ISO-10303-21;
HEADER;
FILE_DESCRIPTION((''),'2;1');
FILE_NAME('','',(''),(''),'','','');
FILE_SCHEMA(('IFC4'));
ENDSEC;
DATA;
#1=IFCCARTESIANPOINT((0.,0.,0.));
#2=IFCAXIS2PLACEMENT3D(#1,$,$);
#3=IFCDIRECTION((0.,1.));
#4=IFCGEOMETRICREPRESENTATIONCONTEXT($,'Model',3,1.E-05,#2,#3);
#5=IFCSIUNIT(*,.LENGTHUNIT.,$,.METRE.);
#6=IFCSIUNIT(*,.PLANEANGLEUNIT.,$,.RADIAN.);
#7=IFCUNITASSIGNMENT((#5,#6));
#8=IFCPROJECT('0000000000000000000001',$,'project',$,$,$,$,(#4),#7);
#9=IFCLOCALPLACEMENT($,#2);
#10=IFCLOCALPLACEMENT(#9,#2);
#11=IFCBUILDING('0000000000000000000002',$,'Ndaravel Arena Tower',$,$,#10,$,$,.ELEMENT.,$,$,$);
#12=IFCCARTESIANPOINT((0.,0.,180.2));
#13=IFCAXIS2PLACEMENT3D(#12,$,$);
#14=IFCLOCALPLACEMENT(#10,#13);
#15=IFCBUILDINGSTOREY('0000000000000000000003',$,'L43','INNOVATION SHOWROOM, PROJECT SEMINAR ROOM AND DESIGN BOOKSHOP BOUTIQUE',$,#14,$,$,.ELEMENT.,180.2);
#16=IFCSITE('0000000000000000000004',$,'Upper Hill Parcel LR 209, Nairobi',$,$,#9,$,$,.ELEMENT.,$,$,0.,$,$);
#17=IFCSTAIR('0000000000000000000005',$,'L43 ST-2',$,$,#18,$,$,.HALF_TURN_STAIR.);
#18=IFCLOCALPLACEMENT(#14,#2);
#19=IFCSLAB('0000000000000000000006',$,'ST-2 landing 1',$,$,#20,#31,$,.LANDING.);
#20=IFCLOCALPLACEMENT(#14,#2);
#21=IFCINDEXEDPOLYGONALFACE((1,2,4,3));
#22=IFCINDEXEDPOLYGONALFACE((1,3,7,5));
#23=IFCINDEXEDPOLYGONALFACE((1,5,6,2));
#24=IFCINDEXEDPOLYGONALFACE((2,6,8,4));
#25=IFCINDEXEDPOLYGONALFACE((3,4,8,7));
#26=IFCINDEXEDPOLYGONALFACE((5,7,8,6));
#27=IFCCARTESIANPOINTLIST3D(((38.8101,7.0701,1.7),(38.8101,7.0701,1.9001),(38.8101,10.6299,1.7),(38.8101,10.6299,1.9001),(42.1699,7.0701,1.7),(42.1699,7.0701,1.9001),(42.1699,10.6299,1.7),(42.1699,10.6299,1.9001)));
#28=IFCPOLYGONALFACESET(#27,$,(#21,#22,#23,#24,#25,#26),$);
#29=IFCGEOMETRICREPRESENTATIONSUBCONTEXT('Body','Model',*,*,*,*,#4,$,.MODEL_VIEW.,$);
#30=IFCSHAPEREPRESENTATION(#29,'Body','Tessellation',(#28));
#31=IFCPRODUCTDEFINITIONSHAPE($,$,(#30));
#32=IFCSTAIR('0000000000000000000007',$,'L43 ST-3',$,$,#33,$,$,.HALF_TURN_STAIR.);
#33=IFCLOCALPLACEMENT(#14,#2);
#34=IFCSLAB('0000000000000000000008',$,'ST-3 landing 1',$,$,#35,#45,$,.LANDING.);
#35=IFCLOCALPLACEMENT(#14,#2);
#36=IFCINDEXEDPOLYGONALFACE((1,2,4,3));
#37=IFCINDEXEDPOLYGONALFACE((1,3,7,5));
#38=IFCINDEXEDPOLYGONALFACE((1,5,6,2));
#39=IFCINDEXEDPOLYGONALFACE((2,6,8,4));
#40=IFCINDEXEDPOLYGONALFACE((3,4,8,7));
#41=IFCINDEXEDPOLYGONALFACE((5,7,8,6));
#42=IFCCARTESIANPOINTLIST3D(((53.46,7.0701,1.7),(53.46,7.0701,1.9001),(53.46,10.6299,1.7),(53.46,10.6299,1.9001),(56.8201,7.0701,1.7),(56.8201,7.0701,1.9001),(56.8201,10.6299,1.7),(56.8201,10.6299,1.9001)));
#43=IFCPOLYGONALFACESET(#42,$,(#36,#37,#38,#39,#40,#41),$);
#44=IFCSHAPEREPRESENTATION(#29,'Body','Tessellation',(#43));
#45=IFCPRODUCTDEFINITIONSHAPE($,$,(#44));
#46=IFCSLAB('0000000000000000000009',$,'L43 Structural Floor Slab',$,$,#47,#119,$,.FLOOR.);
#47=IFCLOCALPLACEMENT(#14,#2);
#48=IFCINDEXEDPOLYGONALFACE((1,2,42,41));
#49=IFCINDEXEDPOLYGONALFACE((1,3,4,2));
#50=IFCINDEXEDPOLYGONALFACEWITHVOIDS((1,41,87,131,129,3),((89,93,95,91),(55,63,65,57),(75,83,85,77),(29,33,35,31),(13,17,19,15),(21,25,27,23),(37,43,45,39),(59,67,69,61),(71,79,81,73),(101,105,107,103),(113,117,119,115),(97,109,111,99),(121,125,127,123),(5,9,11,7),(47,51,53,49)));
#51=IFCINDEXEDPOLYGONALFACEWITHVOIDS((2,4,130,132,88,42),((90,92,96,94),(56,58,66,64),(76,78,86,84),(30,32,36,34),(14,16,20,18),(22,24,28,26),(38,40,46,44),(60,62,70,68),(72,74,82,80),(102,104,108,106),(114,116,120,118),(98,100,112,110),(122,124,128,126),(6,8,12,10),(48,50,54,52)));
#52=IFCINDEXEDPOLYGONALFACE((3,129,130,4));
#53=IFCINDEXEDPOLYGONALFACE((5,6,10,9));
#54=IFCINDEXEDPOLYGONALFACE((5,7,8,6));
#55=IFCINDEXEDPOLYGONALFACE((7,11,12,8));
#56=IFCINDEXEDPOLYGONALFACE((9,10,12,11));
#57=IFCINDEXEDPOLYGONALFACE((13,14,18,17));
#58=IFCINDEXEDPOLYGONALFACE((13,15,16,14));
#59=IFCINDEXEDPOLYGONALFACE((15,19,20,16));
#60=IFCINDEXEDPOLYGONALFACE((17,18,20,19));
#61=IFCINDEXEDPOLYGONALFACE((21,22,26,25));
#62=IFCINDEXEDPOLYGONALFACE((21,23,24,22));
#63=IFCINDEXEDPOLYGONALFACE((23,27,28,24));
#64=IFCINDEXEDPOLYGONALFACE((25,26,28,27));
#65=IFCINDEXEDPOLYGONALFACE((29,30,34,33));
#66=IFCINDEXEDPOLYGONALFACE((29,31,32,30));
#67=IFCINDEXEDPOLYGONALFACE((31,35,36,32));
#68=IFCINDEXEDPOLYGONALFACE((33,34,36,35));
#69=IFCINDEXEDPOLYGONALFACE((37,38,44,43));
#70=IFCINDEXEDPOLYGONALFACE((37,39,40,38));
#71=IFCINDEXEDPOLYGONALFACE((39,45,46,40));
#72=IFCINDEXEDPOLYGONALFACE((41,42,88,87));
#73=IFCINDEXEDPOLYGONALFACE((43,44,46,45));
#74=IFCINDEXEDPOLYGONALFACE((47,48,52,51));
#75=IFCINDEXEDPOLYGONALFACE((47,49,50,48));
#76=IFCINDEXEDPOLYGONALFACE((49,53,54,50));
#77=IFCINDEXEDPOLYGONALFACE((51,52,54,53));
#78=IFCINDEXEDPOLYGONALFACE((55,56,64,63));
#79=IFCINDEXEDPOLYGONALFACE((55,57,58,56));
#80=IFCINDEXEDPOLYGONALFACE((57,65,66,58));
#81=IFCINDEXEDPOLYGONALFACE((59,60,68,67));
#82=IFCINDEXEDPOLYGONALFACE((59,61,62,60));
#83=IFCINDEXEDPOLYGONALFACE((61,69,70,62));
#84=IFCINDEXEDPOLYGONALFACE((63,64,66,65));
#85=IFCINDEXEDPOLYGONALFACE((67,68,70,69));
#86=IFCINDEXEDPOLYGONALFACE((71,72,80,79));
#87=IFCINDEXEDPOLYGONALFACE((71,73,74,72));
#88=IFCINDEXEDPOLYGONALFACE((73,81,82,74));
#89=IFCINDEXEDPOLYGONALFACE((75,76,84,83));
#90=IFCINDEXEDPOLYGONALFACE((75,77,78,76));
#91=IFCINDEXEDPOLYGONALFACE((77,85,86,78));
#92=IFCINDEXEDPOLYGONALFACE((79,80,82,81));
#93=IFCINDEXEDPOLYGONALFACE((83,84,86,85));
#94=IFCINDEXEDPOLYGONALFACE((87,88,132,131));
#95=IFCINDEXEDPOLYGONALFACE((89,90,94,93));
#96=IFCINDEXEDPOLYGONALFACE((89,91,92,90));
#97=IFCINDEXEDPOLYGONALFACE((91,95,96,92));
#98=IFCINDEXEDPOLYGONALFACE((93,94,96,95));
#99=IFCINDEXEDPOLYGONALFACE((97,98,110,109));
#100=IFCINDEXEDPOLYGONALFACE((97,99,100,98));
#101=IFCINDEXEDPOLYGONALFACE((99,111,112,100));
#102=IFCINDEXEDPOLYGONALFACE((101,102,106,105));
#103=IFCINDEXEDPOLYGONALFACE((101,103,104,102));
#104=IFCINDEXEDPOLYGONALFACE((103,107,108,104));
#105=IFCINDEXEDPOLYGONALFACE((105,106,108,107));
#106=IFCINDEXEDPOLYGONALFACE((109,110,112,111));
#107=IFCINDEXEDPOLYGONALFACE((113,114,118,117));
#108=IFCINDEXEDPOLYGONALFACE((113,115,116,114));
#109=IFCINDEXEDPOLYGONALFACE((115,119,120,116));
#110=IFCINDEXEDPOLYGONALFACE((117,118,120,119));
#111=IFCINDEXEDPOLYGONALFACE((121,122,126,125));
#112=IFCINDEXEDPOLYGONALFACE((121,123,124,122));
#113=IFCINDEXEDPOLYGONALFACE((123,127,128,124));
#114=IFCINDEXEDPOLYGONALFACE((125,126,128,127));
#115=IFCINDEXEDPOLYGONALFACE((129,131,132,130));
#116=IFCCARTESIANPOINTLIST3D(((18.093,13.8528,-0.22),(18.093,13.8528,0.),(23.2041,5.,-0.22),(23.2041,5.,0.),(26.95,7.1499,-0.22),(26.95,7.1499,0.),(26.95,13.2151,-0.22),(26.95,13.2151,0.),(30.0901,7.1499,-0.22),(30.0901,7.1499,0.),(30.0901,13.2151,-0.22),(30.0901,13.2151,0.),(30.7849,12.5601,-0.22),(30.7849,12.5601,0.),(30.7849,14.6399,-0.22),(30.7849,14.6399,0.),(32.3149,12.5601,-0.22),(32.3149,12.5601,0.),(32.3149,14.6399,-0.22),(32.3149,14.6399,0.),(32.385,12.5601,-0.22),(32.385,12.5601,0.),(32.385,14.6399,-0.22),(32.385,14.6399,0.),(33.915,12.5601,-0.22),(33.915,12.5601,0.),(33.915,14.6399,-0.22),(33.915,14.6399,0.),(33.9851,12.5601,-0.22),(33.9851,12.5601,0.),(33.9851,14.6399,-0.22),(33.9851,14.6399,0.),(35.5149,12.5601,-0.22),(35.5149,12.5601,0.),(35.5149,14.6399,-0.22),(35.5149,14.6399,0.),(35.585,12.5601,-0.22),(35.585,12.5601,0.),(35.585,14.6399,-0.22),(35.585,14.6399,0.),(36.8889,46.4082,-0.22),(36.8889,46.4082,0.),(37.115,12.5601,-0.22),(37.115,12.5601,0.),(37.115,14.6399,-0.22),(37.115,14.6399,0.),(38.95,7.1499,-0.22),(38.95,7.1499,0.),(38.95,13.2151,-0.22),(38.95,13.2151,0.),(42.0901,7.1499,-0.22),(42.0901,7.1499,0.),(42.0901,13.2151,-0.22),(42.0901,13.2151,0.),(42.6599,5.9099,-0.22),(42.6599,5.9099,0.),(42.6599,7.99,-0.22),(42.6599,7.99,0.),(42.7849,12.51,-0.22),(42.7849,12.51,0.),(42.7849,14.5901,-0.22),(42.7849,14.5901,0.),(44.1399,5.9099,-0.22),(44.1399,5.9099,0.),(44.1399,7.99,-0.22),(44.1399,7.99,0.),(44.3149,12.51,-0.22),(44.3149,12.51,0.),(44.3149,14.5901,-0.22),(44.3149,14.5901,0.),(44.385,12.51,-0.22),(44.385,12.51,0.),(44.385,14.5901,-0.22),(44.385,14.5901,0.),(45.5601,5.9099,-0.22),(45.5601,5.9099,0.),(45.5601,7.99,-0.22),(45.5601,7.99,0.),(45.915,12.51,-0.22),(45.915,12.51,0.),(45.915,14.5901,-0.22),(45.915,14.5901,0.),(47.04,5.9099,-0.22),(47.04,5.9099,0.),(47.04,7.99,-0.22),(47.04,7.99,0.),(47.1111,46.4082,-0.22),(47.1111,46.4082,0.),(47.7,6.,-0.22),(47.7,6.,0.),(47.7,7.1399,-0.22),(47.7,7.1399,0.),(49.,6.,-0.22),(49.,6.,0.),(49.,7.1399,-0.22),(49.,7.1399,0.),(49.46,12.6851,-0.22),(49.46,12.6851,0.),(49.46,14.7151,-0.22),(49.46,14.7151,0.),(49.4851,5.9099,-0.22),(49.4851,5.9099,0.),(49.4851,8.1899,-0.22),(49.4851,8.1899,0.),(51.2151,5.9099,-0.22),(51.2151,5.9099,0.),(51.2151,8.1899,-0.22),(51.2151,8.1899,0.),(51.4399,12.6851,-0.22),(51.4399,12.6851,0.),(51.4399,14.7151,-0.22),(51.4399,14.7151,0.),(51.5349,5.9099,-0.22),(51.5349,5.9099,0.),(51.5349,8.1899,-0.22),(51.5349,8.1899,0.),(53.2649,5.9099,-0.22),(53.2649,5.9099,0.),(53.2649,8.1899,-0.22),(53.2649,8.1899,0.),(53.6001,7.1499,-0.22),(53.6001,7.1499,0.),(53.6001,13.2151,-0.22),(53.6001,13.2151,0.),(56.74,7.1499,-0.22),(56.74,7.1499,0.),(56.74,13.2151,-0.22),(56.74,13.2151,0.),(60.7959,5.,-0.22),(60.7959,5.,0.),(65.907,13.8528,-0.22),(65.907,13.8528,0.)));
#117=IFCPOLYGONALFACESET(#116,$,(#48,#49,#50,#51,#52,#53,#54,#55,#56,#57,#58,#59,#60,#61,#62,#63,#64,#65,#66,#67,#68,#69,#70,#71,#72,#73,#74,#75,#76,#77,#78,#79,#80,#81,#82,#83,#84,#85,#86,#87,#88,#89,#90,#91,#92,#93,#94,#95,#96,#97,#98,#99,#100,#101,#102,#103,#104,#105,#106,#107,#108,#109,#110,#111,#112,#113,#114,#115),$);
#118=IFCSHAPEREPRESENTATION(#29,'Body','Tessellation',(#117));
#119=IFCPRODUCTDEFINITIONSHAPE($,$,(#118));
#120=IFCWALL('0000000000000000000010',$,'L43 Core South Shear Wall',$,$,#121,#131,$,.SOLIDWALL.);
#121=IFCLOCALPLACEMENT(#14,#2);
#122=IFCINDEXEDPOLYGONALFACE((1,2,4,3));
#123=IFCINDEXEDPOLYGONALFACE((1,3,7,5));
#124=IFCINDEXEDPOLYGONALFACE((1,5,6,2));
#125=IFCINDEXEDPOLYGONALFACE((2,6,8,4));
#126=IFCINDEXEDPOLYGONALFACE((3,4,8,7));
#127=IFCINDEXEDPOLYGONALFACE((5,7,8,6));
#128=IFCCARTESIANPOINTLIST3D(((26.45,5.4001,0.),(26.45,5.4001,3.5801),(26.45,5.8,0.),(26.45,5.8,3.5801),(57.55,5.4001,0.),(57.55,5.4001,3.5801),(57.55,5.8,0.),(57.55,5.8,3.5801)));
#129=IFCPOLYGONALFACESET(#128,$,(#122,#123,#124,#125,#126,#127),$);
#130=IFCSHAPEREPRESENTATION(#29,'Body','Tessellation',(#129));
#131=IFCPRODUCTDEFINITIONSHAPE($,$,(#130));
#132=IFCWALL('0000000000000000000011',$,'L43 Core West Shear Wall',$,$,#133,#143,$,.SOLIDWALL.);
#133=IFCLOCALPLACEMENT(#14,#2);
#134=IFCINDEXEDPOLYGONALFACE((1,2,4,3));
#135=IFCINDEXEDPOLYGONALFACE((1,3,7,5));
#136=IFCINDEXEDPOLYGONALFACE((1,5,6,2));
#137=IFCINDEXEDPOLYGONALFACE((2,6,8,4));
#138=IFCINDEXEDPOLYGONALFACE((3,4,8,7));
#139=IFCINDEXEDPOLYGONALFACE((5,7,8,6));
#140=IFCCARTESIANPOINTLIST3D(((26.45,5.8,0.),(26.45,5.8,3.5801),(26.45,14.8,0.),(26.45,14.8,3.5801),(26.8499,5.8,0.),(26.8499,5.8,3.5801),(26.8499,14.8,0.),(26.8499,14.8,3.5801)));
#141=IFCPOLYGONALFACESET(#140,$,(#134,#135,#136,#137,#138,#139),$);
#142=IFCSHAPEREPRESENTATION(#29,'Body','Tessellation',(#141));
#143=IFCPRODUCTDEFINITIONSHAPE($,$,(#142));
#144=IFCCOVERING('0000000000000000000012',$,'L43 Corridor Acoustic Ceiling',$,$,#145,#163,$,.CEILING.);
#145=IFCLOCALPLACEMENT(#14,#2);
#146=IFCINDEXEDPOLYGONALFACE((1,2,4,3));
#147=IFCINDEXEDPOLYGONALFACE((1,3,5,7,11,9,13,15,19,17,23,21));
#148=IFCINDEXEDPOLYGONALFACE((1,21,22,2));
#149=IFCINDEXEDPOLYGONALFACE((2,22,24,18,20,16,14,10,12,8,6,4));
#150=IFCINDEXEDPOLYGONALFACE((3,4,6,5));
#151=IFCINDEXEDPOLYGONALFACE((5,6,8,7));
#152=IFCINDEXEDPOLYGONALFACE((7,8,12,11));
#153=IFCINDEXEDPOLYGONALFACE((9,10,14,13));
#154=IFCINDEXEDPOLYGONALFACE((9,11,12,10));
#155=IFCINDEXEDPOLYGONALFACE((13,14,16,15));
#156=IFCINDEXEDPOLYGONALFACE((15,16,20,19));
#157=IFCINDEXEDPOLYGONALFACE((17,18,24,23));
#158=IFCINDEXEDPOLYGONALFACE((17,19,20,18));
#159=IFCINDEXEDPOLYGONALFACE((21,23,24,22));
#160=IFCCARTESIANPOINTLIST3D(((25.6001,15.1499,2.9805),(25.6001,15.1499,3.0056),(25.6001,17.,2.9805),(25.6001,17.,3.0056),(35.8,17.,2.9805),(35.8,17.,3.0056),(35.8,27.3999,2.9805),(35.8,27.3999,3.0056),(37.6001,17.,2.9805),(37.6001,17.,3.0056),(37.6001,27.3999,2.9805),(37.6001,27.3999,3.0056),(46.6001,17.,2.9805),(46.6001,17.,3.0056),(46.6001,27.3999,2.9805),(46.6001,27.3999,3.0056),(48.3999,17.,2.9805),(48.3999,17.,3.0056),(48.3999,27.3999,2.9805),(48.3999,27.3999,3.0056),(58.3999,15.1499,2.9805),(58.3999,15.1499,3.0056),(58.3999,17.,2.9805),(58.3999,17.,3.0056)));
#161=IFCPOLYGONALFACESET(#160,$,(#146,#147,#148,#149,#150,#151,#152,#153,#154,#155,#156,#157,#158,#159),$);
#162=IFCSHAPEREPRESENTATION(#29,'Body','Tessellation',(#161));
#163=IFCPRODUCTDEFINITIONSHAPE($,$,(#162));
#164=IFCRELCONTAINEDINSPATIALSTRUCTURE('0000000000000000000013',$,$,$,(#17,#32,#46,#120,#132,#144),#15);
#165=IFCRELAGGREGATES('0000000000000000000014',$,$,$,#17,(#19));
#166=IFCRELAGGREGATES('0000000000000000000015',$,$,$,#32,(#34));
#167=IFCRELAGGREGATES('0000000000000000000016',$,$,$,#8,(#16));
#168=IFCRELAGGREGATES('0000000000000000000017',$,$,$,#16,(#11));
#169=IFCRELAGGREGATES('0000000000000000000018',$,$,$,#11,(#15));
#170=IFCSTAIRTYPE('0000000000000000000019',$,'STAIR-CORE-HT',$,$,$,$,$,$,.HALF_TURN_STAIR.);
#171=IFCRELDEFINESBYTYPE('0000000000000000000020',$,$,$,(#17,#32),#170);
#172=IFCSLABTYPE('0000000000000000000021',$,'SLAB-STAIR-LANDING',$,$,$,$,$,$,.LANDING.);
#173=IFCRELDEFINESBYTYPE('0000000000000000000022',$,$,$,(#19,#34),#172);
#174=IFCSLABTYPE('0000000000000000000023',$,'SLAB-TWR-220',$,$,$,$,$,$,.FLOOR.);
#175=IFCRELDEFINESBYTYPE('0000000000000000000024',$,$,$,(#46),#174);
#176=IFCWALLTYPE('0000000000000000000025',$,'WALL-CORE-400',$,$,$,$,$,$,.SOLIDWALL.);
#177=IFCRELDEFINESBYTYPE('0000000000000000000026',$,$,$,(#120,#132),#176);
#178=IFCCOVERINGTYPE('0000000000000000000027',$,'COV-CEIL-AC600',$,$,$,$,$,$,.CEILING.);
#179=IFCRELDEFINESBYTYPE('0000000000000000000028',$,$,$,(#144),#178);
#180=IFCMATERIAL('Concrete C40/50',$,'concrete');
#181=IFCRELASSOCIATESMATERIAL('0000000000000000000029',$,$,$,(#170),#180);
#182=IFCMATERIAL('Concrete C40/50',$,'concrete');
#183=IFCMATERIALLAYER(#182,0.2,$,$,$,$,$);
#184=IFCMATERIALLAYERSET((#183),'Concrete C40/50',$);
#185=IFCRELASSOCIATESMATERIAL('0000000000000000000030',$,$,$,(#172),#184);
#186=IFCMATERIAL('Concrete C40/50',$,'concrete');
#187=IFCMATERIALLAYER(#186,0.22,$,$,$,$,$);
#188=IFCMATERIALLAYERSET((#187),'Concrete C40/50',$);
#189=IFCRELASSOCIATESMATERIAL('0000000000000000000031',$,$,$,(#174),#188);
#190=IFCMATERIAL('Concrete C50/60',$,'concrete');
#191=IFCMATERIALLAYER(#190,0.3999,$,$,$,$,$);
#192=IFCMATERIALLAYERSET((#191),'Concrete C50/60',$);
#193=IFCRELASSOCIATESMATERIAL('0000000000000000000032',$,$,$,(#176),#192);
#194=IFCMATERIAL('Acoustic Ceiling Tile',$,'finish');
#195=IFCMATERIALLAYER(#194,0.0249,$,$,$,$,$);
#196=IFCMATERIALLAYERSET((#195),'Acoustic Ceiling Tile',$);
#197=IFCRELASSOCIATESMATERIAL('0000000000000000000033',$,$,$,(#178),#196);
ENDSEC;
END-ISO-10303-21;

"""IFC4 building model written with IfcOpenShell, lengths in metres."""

from ifc_helpers import new_model, si_unit, direction, frame, frame_2d, origin, place, context, subcontext, project, spatial, polyline, rectangle, outline, extrude, material, layer, layer_set, type_object, element, aggregate, save


model = new_model("IFC4")

# Units and contexts
model_context = context("Model", 3, precision=1e-05, world=origin(), true_north=direction((0.0, 1.0)))
body_context = subcontext(model_context, "Body", "Model", "MODEL_VIEW")
ifc_project = project(units=[si_unit("LENGTHUNIT", "METRE"), si_unit("PLANEANGLEUNIT", "RADIAN")], contexts=[model_context])

# Site, building, storey
site_placement = place(None, origin())
site = spatial("IfcSite", under=ifc_project, at=site_placement, Name="Upper Hill Parcel LR 209, Nairobi", CompositionType="ELEMENT", RefElevation=0.0)
building_placement = place(site_placement, origin())
building = spatial("IfcBuilding", under=site, at=building_placement, Name="Ndaravel Arena Tower", CompositionType="ELEMENT")
storey_placement = place(building_placement, frame((0.0, 0.0, 180.2)))
storey = spatial("IfcBuildingStorey", under=building, at=storey_placement, Name="L43", Description="INNOVATION SHOWROOM, PROJECT SEMINAR ROOM AND DESIGN BOOKSHOP BOUTIQUE", CompositionType="ELEMENT", Elevation=180.2)

# Stairs, slabs
ifc_material_1 = material(Name="Concrete C40/50", Category="concrete")
stair_type = type_object("IfcStairType", Name="STAIR-CORE-HT", PredefinedType="HALF_TURN_STAIR", material=ifc_material_1)
ifc_material_2 = material(Name="Concrete C40/50", Category="concrete")
ifc_layer_1 = layer(ifc_material_2, 0.2)
ifc_layer_set_1 = layer_set([ifc_layer_1], Name="Concrete C40/50")
slab_type_1 = type_object("IfcSlabType", Name="SLAB-STAIR-LANDING", PredefinedType="LANDING", material=ifc_layer_set_1)
stair_1_placement = place(storey_placement, origin())
stair_1 = element("IfcStair", 1, at=stair_1_placement, inside=storey, type_object=stair_type, Name="L43 ST-2", PredefinedType="HALF_TURN_STAIR")
slab_1_placement = place(storey_placement, frame((0.0, 0.0, 1.7)))
slab_1 = element("IfcSlab", 2, at=slab_1_placement, type_object=slab_type_1, Name="ST-2 landing 1", PredefinedType="LANDING", context=body_context, shape_type="SweptSolid", body=[
    extrude(outline(polyline([(38.8101, 10.6299), (38.8101, 7.0701), (42.1699, 7.0701), (42.1699, 10.6299), (38.8101, 10.6299)])), origin(), (0.0, 0.0, 1.0), 0.2002),
])
aggregate(stair_1, [slab_1])
stair_2_placement = place(storey_placement, origin())
stair_2 = element("IfcStair", 3, at=stair_2_placement, inside=storey, type_object=stair_type, Name="L43 ST-3", PredefinedType="HALF_TURN_STAIR")
slab_2_placement = place(storey_placement, frame((0.0, 0.0, 1.7)))
slab_2 = element("IfcSlab", 4, at=slab_2_placement, type_object=slab_type_1, Name="ST-3 landing 1", PredefinedType="LANDING", context=body_context, shape_type="SweptSolid", body=[
    extrude(outline(polyline([(53.46, 10.6299), (53.46, 7.0701), (56.8201, 7.0701), (56.8201, 10.6299), (53.46, 10.6299)])), origin(), (0.0, 0.0, 1.0), 0.2002),
])
aggregate(stair_2, [slab_2])

# Slab
ifc_material_3 = material(Name="Concrete C40/50", Category="concrete")
ifc_layer_2 = layer(ifc_material_3, 0.22)
ifc_layer_set_2 = layer_set([ifc_layer_2], Name="Concrete C40/50")
slab_type_2 = type_object("IfcSlabType", Name="SLAB-TWR-220", PredefinedType="FLOOR", material=ifc_layer_set_2)
slab_3_placement = place(storey_placement, frame((0.0, 0.0, -0.22)))
element("IfcSlab", 5, at=slab_3_placement, inside=storey, type_object=slab_type_2, Name="L43 Structural Floor Slab", PredefinedType="FLOOR", context=body_context, shape_type="SweptSolid", body=[
    extrude(outline(polyline([(18.093, 13.8528), (23.2041, 5.0), (60.7959, 5.0), (65.907, 13.8528), (47.1111, 46.4082), (36.8889, 46.4082), (18.093, 13.8528)]), holes=[polyline([(26.95, 13.2151), (26.95, 7.1499), (30.0901, 7.1499), (30.0901, 13.2151), (26.95, 13.2151)]), polyline([(38.95, 13.2151), (38.95, 7.1499), (42.0901, 7.1499), (42.0901, 13.2151), (38.95, 13.2151)]), polyline([(53.6001, 13.2151), (53.6001, 7.1499), (56.74, 7.1499), (56.74, 13.2151), (53.6001, 13.2151)]), polyline([(30.7849, 12.5601), (32.3149, 12.5601), (32.3149, 14.6399), (30.7849, 14.6399), (30.7849, 12.5601)]), polyline([(32.385, 12.5601), (33.915, 12.5601), (33.915, 14.6399), (32.385, 14.6399), (32.385, 12.5601)]), polyline([(33.9851, 12.5601), (35.5149, 12.5601), (35.5149, 14.6399), (33.9851, 14.6399), (33.9851, 12.5601)]), polyline([(35.585, 12.5601), (37.115, 12.5601), (37.115, 14.6399), (35.585, 14.6399), (35.585, 12.5601)]), polyline([(42.6599, 5.9099), (44.1399, 5.9099), (44.1399, 7.99), (42.6599, 7.99), (42.6599, 5.9099)]), polyline([(45.5601, 5.9099), (47.04, 5.9099), (47.04, 7.99), (45.5601, 7.99), (45.5601, 5.9099)]), polyline([(42.7849, 12.51), (44.3149, 12.51), (44.3149, 14.5901), (42.7849, 14.5901), (42.7849, 12.51)]), polyline([(44.385, 12.51), (45.915, 12.51), (45.915, 14.5901), (44.385, 14.5901), (44.385, 12.51)]), polyline([(49.4851, 5.9099), (51.2151, 5.9099), (51.2151, 8.1899), (49.4851, 8.1899), (49.4851, 5.9099)]), polyline([(51.5349, 5.9099), (53.2649, 5.9099), (53.2649, 8.1899), (51.5349, 8.1899), (51.5349, 5.9099)]), polyline([(49.46, 12.6851), (51.4399, 12.6851), (51.4399, 14.7151), (49.46, 14.7151), (49.46, 12.6851)]), polyline([(47.7, 6.0), (49.0, 6.0), (49.0, 7.1399), (47.7, 7.1399), (47.7, 6.0)])]), origin(), (0.0, 0.0, 1.0), 0.22),
])

# Walls
ifc_material_4 = material(Name="Concrete C50/60", Category="concrete")
ifc_layer_3 = layer(ifc_material_4, 0.3999)
ifc_layer_set_3 = layer_set([ifc_layer_3], Name="Concrete C50/60")
wall_type = type_object("IfcWallType", Name="WALL-CORE-400", PredefinedType="SOLIDWALL", material=ifc_layer_set_3)
wall_1_placement = place(storey_placement, frame((26.45, 5.6001, 0.0), z_axis=(0.0, 0.0, 1.0), x_axis=(1.0, 0.0, 0.0)))
element("IfcWall", 6, at=wall_1_placement, inside=storey, type_object=wall_type, Name="L43 Core South Shear Wall", PredefinedType="SOLIDWALL", context=body_context, shape_type="SweptSolid", body=[
    extrude(rectangle(XDim=31.1001, YDim=0.3999, at=frame_2d((15.55, 0.0))), origin(), (0.0, 0.0, 1.0), 3.5801),
])
wall_2_placement = place(storey_placement, frame((26.6499, 5.8, 0.0), z_axis=(0.0, 0.0, 1.0), x_axis=(0.0, 1.0, 0.0)))
element("IfcWall", 7, at=wall_2_placement, inside=storey, type_object=wall_type, Name="L43 Core West Shear Wall", PredefinedType="SOLIDWALL", context=body_context, shape_type="SweptSolid", body=[
    extrude(rectangle(XDim=9.0, YDim=0.3999, at=frame_2d((4.5, 0.0))), origin(), (0.0, 0.0, 1.0), 3.5801),
])

# Covering
ifc_material_5 = material(Name="Acoustic Ceiling Tile", Category="finish")
ifc_layer_4 = layer(ifc_material_5, 0.0249)
ifc_layer_set_4 = layer_set([ifc_layer_4], Name="Acoustic Ceiling Tile")
covering_type_1 = type_object("IfcCoveringType", Name="COV-CEIL-AC600", PredefinedType="CEILING", material=ifc_layer_set_4)
covering_1_placement = place(storey_placement, frame((0.0, 0.0, 2.9805)))
element("IfcCovering", 8, at=covering_1_placement, inside=storey, type_object=covering_type_1, Name="L43 Corridor Acoustic Ceiling", PredefinedType="CEILING", context=body_context, shape_type="SweptSolid", body=[
    extrude(outline(polyline([(58.3999, 17.0), (48.3999, 17.0), (48.3999, 27.3999), (46.6001, 27.3999), (46.6001, 17.0), (37.6001, 17.0), (37.6001, 27.3999), (35.8, 27.3999), (35.8, 17.0), (25.6001, 17.0), (25.6001, 15.1499), (58.3999, 15.1499), (58.3999, 17.0)])), origin(), (0.0, 0.0, 1.0), 0.0251),
])

save(model, "model.ifc")
